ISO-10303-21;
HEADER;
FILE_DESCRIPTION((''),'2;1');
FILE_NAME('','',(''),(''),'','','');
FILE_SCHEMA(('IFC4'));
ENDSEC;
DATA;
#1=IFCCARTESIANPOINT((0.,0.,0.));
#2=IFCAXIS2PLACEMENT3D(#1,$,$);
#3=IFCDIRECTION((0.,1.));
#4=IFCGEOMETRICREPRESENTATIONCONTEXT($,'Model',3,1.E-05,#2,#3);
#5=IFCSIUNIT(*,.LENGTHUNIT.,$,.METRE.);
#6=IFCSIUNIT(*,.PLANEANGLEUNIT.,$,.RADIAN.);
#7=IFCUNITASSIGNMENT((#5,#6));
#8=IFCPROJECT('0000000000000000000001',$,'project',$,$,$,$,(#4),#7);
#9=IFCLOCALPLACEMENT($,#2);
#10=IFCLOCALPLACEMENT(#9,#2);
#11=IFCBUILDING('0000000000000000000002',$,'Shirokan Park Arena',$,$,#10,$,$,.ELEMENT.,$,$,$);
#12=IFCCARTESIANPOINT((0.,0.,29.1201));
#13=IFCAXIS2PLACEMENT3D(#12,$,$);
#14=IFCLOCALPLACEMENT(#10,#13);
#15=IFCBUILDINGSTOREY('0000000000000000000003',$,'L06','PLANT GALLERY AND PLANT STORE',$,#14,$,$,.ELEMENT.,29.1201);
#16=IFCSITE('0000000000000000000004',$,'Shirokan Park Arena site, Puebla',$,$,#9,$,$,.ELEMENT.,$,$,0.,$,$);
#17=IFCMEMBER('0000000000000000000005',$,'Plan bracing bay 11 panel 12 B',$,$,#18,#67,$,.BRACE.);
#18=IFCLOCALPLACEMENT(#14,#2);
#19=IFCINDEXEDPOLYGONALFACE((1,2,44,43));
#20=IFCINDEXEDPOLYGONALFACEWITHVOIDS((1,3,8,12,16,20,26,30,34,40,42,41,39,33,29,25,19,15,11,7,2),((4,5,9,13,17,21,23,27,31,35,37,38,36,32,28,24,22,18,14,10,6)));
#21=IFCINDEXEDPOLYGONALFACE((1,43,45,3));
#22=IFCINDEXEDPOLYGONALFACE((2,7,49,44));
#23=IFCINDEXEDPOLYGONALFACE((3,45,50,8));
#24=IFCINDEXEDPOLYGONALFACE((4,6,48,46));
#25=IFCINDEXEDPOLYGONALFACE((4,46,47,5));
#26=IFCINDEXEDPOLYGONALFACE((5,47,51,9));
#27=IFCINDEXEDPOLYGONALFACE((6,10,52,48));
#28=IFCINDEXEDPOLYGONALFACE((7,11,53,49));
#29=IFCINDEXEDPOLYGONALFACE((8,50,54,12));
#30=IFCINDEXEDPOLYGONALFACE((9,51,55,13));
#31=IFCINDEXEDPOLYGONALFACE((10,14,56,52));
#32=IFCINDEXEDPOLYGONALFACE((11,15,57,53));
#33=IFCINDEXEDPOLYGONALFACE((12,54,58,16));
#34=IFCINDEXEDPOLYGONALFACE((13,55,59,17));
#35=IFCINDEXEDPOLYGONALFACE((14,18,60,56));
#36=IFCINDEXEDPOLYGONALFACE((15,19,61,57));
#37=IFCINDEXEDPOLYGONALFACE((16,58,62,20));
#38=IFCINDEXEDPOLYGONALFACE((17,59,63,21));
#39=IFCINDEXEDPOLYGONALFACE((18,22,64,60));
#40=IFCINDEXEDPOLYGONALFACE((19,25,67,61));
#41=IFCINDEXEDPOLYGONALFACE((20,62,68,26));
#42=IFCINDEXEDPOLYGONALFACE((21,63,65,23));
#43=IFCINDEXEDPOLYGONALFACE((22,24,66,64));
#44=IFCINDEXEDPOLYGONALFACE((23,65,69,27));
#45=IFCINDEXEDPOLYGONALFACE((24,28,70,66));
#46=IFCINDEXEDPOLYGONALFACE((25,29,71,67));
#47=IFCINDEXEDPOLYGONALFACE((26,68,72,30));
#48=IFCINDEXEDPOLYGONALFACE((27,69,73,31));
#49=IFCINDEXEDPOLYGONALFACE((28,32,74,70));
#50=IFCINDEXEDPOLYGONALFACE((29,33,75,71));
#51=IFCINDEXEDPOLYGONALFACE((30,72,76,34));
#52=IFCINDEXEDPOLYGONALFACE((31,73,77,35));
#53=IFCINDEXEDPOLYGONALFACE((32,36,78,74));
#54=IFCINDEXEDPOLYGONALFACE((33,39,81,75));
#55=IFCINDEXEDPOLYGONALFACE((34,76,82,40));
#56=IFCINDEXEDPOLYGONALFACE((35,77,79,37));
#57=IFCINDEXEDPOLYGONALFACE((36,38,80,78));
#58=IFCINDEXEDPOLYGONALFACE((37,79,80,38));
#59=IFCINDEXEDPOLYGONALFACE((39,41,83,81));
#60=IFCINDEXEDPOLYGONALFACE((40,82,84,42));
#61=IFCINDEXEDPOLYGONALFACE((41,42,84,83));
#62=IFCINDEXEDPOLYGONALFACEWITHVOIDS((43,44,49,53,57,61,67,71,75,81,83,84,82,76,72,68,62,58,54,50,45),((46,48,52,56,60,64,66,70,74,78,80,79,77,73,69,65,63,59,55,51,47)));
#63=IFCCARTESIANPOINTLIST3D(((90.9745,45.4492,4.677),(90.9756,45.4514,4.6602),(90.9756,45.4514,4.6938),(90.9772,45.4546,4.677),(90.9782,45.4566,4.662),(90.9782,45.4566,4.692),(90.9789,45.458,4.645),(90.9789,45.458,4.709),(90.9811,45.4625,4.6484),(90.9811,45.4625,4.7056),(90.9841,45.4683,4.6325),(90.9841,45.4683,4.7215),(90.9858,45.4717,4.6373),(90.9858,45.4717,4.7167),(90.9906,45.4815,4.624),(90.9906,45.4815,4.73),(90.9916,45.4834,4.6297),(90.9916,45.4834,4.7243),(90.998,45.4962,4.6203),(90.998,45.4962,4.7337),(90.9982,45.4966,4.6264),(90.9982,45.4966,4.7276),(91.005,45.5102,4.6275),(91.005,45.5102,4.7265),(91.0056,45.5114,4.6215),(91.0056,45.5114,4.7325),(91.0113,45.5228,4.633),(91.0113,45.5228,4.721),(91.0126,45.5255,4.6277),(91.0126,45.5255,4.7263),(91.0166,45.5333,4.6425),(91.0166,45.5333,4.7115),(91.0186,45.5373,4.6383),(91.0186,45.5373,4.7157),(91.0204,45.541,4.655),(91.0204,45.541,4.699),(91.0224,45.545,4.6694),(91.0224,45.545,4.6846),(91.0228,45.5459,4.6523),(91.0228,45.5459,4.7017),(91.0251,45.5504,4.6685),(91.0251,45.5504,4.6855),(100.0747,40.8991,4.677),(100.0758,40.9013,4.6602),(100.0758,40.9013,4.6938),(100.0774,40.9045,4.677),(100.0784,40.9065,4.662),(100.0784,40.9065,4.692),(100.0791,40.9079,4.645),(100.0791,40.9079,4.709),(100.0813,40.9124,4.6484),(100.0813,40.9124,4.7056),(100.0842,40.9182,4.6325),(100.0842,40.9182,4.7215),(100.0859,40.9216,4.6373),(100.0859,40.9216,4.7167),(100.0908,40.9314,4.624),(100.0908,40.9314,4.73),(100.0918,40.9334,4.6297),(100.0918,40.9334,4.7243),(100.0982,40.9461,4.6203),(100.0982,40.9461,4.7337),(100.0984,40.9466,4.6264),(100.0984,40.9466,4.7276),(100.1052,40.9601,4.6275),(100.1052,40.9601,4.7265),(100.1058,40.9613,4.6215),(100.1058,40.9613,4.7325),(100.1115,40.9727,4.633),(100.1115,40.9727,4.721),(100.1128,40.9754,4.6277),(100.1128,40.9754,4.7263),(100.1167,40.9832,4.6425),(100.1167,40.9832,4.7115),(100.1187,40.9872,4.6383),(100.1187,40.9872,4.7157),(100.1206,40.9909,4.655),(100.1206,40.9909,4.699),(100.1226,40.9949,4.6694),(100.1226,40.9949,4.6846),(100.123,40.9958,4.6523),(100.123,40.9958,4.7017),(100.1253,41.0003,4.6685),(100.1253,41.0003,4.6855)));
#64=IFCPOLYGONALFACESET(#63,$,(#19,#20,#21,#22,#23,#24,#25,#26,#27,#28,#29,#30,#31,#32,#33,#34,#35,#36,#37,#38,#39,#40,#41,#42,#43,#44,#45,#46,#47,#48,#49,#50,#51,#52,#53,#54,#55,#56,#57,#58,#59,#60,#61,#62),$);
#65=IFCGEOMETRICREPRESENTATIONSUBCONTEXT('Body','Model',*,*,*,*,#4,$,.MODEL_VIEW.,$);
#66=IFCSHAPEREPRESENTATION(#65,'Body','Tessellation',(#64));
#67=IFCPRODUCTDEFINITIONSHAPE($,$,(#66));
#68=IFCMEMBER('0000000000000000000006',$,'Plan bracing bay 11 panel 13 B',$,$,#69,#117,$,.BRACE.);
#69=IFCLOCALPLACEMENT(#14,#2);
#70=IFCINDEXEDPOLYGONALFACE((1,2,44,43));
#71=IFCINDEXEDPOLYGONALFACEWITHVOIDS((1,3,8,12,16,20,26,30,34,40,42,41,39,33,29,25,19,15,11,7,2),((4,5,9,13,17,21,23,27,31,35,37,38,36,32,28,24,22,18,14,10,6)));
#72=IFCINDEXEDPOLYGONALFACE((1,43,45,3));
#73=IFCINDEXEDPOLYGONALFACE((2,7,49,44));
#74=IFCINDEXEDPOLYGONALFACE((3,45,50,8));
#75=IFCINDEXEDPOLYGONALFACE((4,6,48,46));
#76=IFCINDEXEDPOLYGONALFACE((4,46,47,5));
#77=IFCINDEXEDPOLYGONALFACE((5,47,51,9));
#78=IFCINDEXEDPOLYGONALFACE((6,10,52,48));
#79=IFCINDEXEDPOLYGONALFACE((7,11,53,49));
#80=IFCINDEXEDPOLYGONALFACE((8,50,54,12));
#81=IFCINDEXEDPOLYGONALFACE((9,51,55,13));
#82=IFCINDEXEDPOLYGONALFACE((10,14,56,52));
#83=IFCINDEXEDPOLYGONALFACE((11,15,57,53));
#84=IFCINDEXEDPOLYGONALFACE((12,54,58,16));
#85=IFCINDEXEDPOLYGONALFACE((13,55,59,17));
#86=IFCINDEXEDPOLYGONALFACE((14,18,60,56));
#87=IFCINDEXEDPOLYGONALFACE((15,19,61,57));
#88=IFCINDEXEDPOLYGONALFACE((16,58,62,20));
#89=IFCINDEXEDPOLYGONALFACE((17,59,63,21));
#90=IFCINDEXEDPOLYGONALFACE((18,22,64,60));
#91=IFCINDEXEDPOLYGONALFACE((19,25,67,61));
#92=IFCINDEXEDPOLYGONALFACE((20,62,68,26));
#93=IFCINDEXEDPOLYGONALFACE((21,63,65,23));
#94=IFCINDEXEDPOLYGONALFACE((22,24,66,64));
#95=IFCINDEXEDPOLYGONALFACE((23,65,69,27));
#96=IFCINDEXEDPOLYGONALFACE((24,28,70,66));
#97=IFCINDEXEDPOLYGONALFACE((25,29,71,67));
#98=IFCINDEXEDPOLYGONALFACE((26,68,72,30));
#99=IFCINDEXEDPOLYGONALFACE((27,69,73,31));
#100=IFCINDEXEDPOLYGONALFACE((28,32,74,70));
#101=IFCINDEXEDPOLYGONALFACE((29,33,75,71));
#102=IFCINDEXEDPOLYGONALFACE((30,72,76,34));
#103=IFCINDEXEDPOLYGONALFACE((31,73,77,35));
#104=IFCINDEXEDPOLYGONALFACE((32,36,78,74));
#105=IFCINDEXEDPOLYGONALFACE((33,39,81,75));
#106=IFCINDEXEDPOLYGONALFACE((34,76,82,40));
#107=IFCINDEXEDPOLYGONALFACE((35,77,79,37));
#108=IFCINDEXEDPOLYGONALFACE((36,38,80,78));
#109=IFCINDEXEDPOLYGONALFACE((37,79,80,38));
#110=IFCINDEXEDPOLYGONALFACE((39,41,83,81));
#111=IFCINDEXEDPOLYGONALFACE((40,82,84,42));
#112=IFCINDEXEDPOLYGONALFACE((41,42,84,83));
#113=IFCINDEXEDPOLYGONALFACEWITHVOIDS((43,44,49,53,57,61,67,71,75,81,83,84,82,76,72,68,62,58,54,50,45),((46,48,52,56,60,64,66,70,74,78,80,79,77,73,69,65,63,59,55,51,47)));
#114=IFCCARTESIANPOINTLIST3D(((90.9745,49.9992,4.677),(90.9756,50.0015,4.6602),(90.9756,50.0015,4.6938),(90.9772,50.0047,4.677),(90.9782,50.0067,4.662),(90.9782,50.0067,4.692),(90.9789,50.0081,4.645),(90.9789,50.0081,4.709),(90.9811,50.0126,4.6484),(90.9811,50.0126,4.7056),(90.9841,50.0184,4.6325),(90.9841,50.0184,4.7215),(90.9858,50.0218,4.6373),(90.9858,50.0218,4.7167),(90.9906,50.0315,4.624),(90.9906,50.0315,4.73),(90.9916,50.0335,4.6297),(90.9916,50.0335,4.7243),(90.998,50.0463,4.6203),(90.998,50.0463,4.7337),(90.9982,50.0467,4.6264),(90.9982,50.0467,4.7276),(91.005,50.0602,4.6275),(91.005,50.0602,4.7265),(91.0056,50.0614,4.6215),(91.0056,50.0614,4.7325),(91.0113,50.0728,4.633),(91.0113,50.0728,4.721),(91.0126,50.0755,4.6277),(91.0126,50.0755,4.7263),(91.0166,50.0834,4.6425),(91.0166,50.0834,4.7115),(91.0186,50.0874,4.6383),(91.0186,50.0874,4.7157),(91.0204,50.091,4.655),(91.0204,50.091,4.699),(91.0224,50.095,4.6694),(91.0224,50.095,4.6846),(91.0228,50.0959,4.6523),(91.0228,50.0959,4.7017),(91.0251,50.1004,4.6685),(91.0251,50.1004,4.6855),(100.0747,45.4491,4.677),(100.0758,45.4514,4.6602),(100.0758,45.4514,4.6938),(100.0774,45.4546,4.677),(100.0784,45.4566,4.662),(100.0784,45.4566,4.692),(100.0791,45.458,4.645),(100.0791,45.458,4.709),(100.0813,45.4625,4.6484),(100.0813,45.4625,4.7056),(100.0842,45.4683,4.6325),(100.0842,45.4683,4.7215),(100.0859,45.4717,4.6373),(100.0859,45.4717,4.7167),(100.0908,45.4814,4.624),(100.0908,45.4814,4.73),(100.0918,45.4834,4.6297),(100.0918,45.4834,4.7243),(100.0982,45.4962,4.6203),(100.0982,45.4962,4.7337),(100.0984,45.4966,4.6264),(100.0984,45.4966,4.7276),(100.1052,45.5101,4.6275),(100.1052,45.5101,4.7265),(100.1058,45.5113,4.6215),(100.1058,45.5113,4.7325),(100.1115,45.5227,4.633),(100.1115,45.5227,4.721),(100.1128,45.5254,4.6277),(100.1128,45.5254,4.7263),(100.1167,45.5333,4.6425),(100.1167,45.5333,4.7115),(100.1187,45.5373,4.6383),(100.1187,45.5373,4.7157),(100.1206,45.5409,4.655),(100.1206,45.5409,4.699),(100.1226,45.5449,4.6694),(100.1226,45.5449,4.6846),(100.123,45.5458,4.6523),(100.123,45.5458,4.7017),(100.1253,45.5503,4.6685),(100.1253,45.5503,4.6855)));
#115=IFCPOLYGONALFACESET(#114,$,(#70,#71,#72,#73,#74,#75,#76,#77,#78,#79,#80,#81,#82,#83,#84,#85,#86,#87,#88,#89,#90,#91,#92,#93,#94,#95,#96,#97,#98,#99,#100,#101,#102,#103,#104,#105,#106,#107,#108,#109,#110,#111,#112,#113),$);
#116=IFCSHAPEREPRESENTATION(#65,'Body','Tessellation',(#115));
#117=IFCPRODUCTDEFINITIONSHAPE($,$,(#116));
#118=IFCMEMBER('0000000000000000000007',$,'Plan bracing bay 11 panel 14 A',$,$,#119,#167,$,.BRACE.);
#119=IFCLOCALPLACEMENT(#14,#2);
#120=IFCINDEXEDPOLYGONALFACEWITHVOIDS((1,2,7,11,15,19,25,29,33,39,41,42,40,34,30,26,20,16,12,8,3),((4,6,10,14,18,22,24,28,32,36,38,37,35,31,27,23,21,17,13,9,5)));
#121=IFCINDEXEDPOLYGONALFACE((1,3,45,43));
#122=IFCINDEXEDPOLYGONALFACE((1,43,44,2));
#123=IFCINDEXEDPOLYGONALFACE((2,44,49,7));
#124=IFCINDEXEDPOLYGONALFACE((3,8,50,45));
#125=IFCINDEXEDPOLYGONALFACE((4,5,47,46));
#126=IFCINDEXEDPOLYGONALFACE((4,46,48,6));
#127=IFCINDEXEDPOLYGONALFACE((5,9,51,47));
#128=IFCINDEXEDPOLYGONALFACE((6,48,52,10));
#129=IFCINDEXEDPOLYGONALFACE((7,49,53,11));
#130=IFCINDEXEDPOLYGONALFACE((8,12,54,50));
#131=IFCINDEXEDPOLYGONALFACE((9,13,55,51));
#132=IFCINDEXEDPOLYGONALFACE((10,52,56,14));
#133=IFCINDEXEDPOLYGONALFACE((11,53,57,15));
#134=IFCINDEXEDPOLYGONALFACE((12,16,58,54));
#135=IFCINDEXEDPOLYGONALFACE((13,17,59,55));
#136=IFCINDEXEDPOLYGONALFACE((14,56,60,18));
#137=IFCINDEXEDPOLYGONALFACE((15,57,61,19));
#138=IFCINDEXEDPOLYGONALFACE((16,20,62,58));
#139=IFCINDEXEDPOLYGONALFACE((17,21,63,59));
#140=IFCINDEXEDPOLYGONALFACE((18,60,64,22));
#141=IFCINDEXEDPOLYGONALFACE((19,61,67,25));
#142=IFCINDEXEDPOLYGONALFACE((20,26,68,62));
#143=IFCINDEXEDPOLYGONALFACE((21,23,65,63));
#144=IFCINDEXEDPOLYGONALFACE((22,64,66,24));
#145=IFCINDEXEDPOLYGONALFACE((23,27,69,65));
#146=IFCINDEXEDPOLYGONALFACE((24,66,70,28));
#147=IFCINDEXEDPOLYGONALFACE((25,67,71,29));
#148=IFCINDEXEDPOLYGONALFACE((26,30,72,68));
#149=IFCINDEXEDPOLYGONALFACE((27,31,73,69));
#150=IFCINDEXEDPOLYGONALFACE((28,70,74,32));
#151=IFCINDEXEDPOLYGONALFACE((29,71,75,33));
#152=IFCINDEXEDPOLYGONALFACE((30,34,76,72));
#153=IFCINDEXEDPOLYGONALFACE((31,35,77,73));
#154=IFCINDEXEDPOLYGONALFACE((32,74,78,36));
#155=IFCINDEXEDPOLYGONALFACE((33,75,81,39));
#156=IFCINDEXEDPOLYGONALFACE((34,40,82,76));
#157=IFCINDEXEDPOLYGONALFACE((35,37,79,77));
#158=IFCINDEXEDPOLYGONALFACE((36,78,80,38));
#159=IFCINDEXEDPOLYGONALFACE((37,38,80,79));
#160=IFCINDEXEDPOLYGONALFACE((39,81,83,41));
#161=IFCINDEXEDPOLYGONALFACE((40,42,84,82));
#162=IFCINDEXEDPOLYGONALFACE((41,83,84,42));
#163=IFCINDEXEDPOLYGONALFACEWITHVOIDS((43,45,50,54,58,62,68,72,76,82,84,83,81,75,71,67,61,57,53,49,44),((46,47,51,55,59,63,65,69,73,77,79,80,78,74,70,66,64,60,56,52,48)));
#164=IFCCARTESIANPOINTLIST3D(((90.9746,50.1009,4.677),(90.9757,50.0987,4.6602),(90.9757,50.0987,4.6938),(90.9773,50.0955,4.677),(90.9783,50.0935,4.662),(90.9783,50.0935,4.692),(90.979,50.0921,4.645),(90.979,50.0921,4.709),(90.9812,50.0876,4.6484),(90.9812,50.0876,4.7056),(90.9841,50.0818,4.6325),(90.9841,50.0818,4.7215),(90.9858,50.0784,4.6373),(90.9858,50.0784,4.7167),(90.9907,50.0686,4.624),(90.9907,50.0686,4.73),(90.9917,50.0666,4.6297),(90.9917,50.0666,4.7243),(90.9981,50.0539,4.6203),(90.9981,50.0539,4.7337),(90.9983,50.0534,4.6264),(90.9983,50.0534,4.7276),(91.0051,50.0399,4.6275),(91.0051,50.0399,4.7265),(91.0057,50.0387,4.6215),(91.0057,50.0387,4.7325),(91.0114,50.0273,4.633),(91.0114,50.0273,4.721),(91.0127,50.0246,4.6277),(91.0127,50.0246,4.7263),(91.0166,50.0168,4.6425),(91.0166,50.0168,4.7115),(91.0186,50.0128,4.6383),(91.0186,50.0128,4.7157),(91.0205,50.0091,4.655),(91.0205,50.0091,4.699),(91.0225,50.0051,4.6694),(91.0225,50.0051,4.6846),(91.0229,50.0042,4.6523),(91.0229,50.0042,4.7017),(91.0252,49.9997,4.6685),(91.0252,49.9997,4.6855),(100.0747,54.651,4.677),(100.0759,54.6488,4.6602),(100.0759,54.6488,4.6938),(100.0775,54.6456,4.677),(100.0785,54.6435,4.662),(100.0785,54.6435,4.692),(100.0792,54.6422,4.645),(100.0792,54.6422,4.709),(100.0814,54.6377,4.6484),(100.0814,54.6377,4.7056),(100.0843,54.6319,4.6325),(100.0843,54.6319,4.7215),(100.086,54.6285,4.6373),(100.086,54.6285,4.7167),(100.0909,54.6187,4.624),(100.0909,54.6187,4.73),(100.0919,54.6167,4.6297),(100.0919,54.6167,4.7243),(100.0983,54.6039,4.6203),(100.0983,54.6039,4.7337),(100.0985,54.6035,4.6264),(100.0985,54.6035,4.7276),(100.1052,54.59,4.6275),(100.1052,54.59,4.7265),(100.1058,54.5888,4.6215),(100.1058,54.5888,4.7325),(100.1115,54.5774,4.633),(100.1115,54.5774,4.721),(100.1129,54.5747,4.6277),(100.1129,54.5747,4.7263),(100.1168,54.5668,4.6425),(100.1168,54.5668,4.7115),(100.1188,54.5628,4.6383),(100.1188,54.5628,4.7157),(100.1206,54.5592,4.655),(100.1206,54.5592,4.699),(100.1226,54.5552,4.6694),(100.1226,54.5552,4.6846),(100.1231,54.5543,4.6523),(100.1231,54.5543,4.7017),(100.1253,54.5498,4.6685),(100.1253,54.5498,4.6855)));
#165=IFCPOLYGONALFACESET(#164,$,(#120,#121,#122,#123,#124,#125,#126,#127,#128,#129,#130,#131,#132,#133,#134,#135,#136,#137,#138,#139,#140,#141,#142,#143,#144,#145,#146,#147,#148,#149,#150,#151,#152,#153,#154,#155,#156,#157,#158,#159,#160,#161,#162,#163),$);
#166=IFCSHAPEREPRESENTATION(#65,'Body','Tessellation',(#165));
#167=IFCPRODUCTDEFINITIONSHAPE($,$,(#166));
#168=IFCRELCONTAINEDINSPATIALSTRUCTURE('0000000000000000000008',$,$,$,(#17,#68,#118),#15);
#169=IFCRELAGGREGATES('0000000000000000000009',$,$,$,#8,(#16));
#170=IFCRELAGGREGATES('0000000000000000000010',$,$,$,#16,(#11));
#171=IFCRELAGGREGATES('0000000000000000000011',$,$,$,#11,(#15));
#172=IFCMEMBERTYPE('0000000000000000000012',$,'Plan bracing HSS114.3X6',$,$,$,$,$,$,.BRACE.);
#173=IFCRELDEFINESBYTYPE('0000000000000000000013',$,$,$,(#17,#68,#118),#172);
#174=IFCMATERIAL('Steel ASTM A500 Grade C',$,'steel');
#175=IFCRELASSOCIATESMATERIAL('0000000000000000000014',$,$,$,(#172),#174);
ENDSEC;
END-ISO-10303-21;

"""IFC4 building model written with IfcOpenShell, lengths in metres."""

from ifc_helpers import new_model, si_unit, direction, frame, origin, origin_2d, place, context, subcontext, project, spatial, hollow_circle, extrude, material, material_profile, profile_set, type_object, element, save


model = new_model("IFC4")

# Units and contexts
model_context = context("Model", 3, precision=1e-05, world=origin(), true_north=direction((0.0, 1.0)))
body_context = subcontext(model_context, "Body", "Model", "MODEL_VIEW")
ifc_project = project(units=[si_unit("LENGTHUNIT", "METRE"), si_unit("PLANEANGLEUNIT", "RADIAN")], contexts=[model_context])

# Site, building, storey
site_placement = place(None, origin())
site = spatial("IfcSite", under=ifc_project, at=site_placement, Name="Shirokan Park Arena site, Puebla", CompositionType="ELEMENT", RefElevation=0.0)
building_placement = place(site_placement, origin())
building = spatial("IfcBuilding", under=site, at=building_placement, Name="Shirokan Park Arena", CompositionType="ELEMENT")
storey_placement = place(building_placement, frame((0.0, 0.0, 29.1201)))
storey = spatial("IfcBuildingStorey", under=building, at=storey_placement, Name="L06", Description="PLANT GALLERY AND PLANT STORE", CompositionType="ELEMENT", Elevation=29.1201)

# Members
ifc_material_1 = material(Name="Steel ASTM A500 Grade C", Category="steel")
ifc_material_profile_1 = material_profile(ifc_material_1, hollow_circle(Radius=0.0569, WallThickness=0.0061, at=origin_2d()), Name="HSS114.3X6")
ifc_profile_set_1 = profile_set([ifc_material_profile_1], Name="Steel ASTM A500 Grade C")
member_type_1 = type_object("IfcMemberType", Name="Plan bracing HSS114.3X6", PredefinedType="BRACE", material=ifc_profile_set_1)
for number, where, z_axis, x_axis, name in (
    (1, (100.1001, 40.95, 4.677), (-0.894427, 0.447214, 0.0), (-0.447214, -0.894427, 0.0), "Plan bracing bay 11 panel 12 B"),
    (2, (100.1001, 45.5, 4.677), (-0.894427, 0.447214, 0.0), (-0.447214, -0.894427, 0.0), "Plan bracing bay 11 panel 13 B"),
    (3, (91.0, 50.05, 4.677), (0.894427, 0.447214, 0.0), (-0.447214, 0.894427, 0.0), "Plan bracing bay 11 panel 14 A"),
):
    element("IfcMember", number, at=place(storey_placement, frame(where, z_axis=z_axis, x_axis=x_axis)), inside=storey, type_object=member_type_1, Name=name, PredefinedType="BRACE", context=body_context, shape_type="SweptSolid", body=[
        extrude(hollow_circle(Radius=0.0569, WallThickness=0.0061, at=origin_2d()), origin(), (0.0, 0.0, 1.0), 10.1743),
    ])

save(model, "model.ifc")
